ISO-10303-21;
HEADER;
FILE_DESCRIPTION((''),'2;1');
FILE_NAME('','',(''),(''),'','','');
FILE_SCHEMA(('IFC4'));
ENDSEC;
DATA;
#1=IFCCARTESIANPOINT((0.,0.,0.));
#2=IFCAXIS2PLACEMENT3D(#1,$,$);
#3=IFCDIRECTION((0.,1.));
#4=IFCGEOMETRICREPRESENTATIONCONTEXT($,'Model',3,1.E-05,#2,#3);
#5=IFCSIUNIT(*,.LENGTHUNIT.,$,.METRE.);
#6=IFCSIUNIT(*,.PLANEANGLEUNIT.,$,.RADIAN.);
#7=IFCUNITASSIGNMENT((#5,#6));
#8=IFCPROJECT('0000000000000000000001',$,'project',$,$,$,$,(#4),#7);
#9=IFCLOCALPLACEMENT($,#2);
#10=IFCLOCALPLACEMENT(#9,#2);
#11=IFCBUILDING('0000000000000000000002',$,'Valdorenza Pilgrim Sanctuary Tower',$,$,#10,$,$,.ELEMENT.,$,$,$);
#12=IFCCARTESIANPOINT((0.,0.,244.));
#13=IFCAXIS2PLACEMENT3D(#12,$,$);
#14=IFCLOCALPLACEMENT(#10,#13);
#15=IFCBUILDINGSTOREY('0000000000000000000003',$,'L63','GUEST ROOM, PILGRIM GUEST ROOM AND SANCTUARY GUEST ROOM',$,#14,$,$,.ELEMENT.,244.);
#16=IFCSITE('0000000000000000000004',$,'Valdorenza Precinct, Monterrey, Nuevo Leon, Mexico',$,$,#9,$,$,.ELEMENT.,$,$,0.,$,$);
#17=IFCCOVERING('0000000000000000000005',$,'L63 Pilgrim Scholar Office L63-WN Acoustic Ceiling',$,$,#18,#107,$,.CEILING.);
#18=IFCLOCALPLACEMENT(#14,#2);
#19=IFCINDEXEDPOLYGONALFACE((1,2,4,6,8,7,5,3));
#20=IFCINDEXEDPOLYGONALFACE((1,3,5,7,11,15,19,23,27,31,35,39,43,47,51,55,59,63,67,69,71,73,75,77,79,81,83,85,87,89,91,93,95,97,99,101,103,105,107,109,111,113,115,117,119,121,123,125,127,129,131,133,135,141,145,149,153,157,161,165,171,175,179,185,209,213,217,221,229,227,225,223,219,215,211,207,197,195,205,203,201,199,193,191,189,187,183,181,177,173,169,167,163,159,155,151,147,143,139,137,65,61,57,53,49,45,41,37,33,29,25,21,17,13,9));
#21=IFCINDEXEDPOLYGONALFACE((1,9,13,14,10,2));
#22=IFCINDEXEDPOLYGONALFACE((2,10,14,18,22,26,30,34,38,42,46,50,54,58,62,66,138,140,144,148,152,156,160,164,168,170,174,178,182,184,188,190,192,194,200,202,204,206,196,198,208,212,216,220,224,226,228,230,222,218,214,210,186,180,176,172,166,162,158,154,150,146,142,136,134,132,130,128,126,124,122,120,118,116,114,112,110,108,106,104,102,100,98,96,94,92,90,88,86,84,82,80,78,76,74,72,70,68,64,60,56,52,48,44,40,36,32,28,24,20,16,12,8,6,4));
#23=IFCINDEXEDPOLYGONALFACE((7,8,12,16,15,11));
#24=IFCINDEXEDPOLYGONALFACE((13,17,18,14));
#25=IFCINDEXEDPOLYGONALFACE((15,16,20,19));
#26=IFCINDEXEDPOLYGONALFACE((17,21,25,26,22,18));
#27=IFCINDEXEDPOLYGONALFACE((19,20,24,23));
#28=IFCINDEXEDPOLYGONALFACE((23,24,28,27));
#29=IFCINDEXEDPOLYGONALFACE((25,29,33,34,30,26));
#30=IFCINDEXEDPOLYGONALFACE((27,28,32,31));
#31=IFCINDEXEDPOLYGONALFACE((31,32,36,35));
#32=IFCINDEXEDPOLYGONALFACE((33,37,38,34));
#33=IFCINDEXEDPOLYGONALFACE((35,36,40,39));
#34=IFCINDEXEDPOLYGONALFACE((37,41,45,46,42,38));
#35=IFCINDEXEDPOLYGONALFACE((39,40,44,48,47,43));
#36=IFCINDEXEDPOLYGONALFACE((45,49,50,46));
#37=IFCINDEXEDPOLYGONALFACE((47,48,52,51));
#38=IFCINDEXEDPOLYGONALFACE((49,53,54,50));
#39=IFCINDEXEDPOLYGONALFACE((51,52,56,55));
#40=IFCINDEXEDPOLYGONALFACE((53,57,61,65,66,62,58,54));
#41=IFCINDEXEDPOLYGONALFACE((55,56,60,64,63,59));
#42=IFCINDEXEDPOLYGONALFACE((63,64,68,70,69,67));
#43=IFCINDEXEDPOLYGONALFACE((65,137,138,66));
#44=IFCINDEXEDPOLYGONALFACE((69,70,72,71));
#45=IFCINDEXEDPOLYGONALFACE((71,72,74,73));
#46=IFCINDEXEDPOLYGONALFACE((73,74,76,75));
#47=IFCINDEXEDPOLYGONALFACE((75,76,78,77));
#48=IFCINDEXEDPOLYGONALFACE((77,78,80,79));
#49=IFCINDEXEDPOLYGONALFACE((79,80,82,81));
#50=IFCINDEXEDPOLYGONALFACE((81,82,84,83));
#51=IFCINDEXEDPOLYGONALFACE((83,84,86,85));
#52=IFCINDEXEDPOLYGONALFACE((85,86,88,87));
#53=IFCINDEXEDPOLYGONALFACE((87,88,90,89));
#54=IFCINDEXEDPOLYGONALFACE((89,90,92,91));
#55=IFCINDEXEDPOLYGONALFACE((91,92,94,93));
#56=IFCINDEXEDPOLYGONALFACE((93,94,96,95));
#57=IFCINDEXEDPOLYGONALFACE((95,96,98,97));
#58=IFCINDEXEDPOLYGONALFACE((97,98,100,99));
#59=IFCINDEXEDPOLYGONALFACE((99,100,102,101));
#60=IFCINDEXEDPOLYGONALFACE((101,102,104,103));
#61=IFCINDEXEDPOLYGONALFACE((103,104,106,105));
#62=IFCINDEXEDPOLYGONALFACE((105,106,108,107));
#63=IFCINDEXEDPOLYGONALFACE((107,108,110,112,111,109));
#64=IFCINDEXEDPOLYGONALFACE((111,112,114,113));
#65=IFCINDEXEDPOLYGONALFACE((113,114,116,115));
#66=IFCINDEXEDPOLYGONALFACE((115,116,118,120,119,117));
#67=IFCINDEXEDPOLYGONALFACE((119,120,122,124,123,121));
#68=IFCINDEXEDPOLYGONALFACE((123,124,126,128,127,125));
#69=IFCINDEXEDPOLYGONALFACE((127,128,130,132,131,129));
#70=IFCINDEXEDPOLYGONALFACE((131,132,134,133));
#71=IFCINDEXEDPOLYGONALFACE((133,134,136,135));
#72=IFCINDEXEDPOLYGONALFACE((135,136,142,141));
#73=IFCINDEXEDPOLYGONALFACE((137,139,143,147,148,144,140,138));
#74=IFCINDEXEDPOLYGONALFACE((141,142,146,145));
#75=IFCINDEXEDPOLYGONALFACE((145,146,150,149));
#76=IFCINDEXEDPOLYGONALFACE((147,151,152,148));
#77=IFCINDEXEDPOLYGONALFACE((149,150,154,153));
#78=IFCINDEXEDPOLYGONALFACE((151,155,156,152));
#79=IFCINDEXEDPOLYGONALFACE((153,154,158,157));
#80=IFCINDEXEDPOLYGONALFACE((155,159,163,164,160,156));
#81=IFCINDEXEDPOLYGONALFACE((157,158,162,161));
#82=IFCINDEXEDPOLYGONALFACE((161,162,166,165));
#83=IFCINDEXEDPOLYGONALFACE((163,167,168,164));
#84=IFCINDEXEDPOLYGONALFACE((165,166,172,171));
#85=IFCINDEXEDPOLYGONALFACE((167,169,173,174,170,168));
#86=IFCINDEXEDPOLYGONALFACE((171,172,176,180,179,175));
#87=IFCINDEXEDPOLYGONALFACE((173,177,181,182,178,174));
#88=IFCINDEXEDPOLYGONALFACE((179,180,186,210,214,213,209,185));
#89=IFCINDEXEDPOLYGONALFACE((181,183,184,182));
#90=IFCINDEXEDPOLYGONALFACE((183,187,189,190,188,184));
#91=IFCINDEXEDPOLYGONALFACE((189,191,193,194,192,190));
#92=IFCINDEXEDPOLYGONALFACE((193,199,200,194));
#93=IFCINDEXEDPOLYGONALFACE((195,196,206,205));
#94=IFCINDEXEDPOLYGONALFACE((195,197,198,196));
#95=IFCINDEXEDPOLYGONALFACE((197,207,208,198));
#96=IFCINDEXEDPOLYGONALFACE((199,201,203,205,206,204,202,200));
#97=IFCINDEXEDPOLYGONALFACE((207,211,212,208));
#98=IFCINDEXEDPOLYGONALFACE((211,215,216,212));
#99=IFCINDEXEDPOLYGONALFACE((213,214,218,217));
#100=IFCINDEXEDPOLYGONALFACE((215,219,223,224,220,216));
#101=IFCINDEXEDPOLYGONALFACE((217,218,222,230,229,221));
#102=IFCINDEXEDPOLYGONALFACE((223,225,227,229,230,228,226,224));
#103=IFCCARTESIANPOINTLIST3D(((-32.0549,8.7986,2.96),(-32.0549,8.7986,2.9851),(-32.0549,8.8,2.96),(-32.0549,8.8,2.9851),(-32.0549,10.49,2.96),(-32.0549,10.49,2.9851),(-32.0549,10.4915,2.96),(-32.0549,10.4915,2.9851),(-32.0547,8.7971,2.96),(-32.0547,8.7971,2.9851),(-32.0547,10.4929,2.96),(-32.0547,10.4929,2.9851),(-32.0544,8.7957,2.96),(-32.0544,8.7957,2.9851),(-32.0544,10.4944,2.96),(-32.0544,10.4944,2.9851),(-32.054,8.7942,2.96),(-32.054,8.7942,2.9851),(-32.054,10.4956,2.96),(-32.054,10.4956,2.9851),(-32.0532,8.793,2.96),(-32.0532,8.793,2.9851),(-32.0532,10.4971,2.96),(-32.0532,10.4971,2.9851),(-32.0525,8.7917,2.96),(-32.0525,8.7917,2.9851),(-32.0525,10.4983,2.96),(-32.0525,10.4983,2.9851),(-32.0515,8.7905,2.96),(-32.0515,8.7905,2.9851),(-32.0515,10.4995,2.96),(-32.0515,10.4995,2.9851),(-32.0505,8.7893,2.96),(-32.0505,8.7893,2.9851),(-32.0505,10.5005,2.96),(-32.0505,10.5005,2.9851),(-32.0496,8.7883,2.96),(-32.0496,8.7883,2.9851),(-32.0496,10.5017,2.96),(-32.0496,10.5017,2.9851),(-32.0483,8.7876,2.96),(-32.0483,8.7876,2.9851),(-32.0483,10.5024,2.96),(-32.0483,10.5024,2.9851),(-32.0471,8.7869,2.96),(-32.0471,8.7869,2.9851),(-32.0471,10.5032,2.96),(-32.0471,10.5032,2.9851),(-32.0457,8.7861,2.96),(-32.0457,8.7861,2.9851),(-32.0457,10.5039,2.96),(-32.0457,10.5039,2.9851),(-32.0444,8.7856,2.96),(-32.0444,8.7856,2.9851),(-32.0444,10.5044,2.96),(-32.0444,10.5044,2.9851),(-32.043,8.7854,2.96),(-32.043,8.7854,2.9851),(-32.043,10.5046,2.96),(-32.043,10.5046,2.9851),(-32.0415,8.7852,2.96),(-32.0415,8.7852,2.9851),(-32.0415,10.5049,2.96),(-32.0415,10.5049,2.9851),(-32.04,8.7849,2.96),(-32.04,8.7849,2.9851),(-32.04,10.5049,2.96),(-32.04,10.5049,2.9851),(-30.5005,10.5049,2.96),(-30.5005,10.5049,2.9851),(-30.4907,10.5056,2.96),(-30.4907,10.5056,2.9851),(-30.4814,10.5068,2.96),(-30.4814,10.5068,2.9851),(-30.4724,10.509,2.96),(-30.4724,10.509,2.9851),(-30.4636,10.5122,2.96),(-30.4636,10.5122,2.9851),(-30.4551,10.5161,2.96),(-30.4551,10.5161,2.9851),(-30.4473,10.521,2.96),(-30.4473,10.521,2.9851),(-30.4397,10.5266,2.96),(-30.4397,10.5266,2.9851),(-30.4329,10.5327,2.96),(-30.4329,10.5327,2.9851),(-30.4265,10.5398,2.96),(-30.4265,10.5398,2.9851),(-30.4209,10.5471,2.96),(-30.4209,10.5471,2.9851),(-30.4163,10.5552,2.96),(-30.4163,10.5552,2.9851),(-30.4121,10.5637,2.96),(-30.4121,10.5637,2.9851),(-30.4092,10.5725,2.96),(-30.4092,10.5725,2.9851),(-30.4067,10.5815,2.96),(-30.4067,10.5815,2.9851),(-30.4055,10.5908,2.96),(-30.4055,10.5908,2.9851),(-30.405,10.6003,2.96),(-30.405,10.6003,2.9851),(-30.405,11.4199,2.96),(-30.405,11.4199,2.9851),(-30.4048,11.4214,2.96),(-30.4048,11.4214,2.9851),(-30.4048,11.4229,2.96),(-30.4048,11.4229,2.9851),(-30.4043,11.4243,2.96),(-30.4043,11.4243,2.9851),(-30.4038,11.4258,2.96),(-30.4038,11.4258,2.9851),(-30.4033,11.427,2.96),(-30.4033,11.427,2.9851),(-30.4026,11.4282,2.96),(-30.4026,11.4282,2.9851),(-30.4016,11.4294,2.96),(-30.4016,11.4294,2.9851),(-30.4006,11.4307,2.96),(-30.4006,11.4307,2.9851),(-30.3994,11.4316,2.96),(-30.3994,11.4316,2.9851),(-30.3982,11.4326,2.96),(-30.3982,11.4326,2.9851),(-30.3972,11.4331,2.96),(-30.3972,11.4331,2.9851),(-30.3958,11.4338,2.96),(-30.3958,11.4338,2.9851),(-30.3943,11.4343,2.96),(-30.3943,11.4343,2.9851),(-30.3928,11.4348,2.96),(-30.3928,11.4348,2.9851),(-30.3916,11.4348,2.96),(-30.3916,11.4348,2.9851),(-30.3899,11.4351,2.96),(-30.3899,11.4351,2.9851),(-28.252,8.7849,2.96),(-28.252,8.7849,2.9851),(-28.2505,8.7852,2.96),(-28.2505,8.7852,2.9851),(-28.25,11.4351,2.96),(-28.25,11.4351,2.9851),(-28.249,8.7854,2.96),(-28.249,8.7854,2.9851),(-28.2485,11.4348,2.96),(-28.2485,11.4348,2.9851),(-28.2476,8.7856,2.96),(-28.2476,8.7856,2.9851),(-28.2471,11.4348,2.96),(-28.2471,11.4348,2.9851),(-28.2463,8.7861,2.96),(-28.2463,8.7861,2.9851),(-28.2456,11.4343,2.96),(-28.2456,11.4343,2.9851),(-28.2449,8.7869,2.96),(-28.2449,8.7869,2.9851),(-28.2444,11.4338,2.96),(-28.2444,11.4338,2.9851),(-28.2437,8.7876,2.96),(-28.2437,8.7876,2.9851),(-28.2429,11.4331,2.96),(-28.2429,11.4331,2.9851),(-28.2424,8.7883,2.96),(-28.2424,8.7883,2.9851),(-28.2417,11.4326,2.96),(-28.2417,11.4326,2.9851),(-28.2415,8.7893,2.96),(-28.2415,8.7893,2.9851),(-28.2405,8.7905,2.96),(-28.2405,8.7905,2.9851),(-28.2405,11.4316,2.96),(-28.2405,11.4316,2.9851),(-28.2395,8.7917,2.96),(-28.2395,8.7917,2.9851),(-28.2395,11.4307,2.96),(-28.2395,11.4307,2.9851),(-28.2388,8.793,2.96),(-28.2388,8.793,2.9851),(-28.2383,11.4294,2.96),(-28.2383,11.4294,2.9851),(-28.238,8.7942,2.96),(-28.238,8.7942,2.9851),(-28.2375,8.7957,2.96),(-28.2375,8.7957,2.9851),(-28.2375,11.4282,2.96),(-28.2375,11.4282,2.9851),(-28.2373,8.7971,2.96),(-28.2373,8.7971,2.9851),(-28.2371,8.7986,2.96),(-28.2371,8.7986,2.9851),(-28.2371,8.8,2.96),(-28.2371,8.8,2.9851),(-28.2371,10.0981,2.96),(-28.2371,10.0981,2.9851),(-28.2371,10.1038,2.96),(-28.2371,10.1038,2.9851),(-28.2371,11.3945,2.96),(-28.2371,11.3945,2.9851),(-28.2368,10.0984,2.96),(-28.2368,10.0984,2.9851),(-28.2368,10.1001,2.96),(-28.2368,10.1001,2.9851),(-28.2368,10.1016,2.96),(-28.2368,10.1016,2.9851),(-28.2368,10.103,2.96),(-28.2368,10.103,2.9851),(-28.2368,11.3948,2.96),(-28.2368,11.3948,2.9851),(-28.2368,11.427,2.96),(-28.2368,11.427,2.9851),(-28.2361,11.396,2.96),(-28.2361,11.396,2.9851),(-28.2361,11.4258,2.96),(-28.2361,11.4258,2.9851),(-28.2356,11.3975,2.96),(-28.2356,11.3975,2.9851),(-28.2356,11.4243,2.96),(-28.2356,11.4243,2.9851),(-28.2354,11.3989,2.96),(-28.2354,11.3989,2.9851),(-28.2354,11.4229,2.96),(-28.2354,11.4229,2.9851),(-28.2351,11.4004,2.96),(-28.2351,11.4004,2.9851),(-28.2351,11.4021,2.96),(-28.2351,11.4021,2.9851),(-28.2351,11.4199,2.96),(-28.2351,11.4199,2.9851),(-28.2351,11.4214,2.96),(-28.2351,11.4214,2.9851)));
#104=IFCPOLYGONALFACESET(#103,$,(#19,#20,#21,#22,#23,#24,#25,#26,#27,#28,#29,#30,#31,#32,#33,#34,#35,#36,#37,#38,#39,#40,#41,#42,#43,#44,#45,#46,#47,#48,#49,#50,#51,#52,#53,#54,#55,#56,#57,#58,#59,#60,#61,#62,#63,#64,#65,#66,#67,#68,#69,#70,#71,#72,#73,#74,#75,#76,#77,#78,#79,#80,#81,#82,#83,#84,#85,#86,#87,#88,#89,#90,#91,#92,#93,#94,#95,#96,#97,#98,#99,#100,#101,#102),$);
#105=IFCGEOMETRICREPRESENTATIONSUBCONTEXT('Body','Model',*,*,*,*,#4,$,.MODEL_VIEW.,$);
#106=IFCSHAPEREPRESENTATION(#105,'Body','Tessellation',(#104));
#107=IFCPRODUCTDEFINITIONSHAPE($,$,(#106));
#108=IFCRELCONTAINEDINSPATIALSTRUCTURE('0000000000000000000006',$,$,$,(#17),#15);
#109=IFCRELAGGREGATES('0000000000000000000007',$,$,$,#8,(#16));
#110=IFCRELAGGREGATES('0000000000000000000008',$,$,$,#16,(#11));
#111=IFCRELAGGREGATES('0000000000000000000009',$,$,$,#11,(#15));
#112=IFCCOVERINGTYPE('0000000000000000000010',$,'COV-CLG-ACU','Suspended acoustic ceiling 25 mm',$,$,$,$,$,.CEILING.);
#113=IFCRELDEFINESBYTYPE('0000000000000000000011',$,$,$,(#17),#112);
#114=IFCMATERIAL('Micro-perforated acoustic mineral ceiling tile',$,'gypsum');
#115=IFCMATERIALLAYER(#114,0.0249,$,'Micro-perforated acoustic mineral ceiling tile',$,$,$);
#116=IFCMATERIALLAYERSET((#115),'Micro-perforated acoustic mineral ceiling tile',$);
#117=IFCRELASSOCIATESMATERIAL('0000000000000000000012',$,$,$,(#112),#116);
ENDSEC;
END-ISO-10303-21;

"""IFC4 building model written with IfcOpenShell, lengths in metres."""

from ifc_helpers import new_model, si_unit, direction, frame, origin, place, context, subcontext, project, spatial, polyline, outline, extrude, material, layer, layer_set, type_object, element, save


model = new_model("IFC4")

# Units and contexts
model_context = context("Model", 3, precision=1e-05, world=origin(), true_north=direction((0.0, 1.0)))
body_context = subcontext(model_context, "Body", "Model", "MODEL_VIEW")
ifc_project = project(units=[si_unit("LENGTHUNIT", "METRE"), si_unit("PLANEANGLEUNIT", "RADIAN")], contexts=[model_context])

# Site, building, storey
site_placement = place(None, origin())
site = spatial("IfcSite", under=ifc_project, at=site_placement, Name="Valdorenza Precinct, Monterrey, Nuevo Leon, Mexico", CompositionType="ELEMENT", RefElevation=0.0)
building_placement = place(site_placement, origin())
building = spatial("IfcBuilding", under=site, at=building_placement, Name="Valdorenza Pilgrim Sanctuary Tower", CompositionType="ELEMENT")
storey_placement = place(building_placement, frame((0.0, 0.0, 244.0)))
storey = spatial("IfcBuildingStorey", under=building, at=storey_placement, Name="L63", Description="GUEST ROOM, PILGRIM GUEST ROOM AND SANCTUARY GUEST ROOM", CompositionType="ELEMENT", Elevation=244.0)

# Covering
ifc_material_1 = material(Name="Micro-perforated acoustic mineral ceiling tile", Category="gypsum")
ifc_layer_1 = layer(ifc_material_1, 0.0249, Name="Micro-perforated acoustic mineral ceiling tile")
ifc_layer_set_1 = layer_set([ifc_layer_1], Name="Micro-perforated acoustic mineral ceiling tile")
covering_type_1 = type_object("IfcCoveringType", Name="COV-CLG-ACU", Description="Suspended acoustic ceiling 25 mm", PredefinedType="CEILING", material=ifc_layer_set_1)
covering_1_placement = place(storey_placement, frame((0.0, 0.0, 2.96)))
element("IfcCovering", 1, at=covering_1_placement, inside=storey, type_object=covering_type_1, Name="L63 Pilgrim Scholar Office L63-WN Acoustic Ceiling", PredefinedType="CEILING", context=body_context, shape_type="SweptSolid", body=[
    extrude(outline(polyline([(-28.2371, 11.3945), (-28.2371, 10.1038), (-28.2368, 10.103), (-28.2368, 10.1016), (-28.2368, 10.1001), (-28.2368, 10.0984), (-28.2371, 10.0981), (-28.2371, 8.8), (-28.2371, 8.7986), (-28.2373, 8.7971), (-28.2375, 8.7957), (-28.238, 8.7942), (-28.2388, 8.793), (-28.2395, 8.7917), (-28.2405, 8.7905), (-28.2415, 8.7893), (-28.2424, 8.7883), (-28.2437, 8.7876), (-28.2449, 8.7869), (-28.2463, 8.7861), (-28.2476, 8.7856), (-28.249, 8.7854), (-28.2505, 8.7852), (-28.252, 8.7849), (-32.04, 8.7849), (-32.0415, 8.7852), (-32.043, 8.7854), (-32.0444, 8.7856), (-32.0457, 8.7861), (-32.0471, 8.7869), (-32.0483, 8.7876), (-32.0496, 8.7883), (-32.0505, 8.7893), (-32.0515, 8.7905), (-32.0525, 8.7917), (-32.0532, 8.793), (-32.054, 8.7942), (-32.0544, 8.7957), (-32.0547, 8.7971), (-32.0549, 8.7986), (-32.0549, 8.8), (-32.0549, 10.49), (-32.0549, 10.4915), (-32.0547, 10.4929), (-32.0544, 10.4944), (-32.054, 10.4956), (-32.0532, 10.4971), (-32.0525, 10.4983), (-32.0515, 10.4995), (-32.0505, 10.5005), (-32.0496, 10.5017), (-32.0483, 10.5024), (-32.0471, 10.5032), (-32.0457, 10.5039), (-32.0444, 10.5044), (-32.043, 10.5046), (-32.0415, 10.5049), (-32.04, 10.5049), (-30.5005, 10.5049), (-30.4907, 10.5056), (-30.4814, 10.5068), (-30.4724, 10.509), (-30.4636, 10.5122), (-30.4551, 10.5161), (-30.4473, 10.521), (-30.4397, 10.5266), (-30.4329, 10.5327), (-30.4265, 10.5398), (-30.4209, 10.5471), (-30.4163, 10.5552), (-30.4121, 10.5637), (-30.4092, 10.5725), (-30.4067, 10.5815), (-30.4055, 10.5908), (-30.405, 10.6003), (-30.405, 11.4199), (-30.4048, 11.4214), (-30.4048, 11.4229), (-30.4043, 11.4243), (-30.4038, 11.4258), (-30.4033, 11.427), (-30.4026, 11.4282), (-30.4016, 11.4294), (-30.4006, 11.4307), (-30.3994, 11.4316), (-30.3982, 11.4326), (-30.3972, 11.4331), (-30.3958, 11.4338), (-30.3943, 11.4343), (-30.3928, 11.4348), (-30.3916, 11.4348), (-30.3899, 11.4351), (-28.25, 11.4351), (-28.2485, 11.4348), (-28.2471, 11.4348), (-28.2456, 11.4343), (-28.2444, 11.4338), (-28.2429, 11.4331), (-28.2417, 11.4326), (-28.2405, 11.4316), (-28.2395, 11.4307), (-28.2383, 11.4294), (-28.2375, 11.4282), (-28.2368, 11.427), (-28.2361, 11.4258), (-28.2356, 11.4243), (-28.2354, 11.4229), (-28.2351, 11.4214), (-28.2351, 11.4199), (-28.2351, 11.4021), (-28.2351, 11.4004), (-28.2354, 11.3989), (-28.2356, 11.3975), (-28.2361, 11.396), (-28.2368, 11.3948), (-28.2371, 11.3945)])), origin(), (0.0, 0.0, 1.0), 0.0251),
])

save(model, "model.ifc")
